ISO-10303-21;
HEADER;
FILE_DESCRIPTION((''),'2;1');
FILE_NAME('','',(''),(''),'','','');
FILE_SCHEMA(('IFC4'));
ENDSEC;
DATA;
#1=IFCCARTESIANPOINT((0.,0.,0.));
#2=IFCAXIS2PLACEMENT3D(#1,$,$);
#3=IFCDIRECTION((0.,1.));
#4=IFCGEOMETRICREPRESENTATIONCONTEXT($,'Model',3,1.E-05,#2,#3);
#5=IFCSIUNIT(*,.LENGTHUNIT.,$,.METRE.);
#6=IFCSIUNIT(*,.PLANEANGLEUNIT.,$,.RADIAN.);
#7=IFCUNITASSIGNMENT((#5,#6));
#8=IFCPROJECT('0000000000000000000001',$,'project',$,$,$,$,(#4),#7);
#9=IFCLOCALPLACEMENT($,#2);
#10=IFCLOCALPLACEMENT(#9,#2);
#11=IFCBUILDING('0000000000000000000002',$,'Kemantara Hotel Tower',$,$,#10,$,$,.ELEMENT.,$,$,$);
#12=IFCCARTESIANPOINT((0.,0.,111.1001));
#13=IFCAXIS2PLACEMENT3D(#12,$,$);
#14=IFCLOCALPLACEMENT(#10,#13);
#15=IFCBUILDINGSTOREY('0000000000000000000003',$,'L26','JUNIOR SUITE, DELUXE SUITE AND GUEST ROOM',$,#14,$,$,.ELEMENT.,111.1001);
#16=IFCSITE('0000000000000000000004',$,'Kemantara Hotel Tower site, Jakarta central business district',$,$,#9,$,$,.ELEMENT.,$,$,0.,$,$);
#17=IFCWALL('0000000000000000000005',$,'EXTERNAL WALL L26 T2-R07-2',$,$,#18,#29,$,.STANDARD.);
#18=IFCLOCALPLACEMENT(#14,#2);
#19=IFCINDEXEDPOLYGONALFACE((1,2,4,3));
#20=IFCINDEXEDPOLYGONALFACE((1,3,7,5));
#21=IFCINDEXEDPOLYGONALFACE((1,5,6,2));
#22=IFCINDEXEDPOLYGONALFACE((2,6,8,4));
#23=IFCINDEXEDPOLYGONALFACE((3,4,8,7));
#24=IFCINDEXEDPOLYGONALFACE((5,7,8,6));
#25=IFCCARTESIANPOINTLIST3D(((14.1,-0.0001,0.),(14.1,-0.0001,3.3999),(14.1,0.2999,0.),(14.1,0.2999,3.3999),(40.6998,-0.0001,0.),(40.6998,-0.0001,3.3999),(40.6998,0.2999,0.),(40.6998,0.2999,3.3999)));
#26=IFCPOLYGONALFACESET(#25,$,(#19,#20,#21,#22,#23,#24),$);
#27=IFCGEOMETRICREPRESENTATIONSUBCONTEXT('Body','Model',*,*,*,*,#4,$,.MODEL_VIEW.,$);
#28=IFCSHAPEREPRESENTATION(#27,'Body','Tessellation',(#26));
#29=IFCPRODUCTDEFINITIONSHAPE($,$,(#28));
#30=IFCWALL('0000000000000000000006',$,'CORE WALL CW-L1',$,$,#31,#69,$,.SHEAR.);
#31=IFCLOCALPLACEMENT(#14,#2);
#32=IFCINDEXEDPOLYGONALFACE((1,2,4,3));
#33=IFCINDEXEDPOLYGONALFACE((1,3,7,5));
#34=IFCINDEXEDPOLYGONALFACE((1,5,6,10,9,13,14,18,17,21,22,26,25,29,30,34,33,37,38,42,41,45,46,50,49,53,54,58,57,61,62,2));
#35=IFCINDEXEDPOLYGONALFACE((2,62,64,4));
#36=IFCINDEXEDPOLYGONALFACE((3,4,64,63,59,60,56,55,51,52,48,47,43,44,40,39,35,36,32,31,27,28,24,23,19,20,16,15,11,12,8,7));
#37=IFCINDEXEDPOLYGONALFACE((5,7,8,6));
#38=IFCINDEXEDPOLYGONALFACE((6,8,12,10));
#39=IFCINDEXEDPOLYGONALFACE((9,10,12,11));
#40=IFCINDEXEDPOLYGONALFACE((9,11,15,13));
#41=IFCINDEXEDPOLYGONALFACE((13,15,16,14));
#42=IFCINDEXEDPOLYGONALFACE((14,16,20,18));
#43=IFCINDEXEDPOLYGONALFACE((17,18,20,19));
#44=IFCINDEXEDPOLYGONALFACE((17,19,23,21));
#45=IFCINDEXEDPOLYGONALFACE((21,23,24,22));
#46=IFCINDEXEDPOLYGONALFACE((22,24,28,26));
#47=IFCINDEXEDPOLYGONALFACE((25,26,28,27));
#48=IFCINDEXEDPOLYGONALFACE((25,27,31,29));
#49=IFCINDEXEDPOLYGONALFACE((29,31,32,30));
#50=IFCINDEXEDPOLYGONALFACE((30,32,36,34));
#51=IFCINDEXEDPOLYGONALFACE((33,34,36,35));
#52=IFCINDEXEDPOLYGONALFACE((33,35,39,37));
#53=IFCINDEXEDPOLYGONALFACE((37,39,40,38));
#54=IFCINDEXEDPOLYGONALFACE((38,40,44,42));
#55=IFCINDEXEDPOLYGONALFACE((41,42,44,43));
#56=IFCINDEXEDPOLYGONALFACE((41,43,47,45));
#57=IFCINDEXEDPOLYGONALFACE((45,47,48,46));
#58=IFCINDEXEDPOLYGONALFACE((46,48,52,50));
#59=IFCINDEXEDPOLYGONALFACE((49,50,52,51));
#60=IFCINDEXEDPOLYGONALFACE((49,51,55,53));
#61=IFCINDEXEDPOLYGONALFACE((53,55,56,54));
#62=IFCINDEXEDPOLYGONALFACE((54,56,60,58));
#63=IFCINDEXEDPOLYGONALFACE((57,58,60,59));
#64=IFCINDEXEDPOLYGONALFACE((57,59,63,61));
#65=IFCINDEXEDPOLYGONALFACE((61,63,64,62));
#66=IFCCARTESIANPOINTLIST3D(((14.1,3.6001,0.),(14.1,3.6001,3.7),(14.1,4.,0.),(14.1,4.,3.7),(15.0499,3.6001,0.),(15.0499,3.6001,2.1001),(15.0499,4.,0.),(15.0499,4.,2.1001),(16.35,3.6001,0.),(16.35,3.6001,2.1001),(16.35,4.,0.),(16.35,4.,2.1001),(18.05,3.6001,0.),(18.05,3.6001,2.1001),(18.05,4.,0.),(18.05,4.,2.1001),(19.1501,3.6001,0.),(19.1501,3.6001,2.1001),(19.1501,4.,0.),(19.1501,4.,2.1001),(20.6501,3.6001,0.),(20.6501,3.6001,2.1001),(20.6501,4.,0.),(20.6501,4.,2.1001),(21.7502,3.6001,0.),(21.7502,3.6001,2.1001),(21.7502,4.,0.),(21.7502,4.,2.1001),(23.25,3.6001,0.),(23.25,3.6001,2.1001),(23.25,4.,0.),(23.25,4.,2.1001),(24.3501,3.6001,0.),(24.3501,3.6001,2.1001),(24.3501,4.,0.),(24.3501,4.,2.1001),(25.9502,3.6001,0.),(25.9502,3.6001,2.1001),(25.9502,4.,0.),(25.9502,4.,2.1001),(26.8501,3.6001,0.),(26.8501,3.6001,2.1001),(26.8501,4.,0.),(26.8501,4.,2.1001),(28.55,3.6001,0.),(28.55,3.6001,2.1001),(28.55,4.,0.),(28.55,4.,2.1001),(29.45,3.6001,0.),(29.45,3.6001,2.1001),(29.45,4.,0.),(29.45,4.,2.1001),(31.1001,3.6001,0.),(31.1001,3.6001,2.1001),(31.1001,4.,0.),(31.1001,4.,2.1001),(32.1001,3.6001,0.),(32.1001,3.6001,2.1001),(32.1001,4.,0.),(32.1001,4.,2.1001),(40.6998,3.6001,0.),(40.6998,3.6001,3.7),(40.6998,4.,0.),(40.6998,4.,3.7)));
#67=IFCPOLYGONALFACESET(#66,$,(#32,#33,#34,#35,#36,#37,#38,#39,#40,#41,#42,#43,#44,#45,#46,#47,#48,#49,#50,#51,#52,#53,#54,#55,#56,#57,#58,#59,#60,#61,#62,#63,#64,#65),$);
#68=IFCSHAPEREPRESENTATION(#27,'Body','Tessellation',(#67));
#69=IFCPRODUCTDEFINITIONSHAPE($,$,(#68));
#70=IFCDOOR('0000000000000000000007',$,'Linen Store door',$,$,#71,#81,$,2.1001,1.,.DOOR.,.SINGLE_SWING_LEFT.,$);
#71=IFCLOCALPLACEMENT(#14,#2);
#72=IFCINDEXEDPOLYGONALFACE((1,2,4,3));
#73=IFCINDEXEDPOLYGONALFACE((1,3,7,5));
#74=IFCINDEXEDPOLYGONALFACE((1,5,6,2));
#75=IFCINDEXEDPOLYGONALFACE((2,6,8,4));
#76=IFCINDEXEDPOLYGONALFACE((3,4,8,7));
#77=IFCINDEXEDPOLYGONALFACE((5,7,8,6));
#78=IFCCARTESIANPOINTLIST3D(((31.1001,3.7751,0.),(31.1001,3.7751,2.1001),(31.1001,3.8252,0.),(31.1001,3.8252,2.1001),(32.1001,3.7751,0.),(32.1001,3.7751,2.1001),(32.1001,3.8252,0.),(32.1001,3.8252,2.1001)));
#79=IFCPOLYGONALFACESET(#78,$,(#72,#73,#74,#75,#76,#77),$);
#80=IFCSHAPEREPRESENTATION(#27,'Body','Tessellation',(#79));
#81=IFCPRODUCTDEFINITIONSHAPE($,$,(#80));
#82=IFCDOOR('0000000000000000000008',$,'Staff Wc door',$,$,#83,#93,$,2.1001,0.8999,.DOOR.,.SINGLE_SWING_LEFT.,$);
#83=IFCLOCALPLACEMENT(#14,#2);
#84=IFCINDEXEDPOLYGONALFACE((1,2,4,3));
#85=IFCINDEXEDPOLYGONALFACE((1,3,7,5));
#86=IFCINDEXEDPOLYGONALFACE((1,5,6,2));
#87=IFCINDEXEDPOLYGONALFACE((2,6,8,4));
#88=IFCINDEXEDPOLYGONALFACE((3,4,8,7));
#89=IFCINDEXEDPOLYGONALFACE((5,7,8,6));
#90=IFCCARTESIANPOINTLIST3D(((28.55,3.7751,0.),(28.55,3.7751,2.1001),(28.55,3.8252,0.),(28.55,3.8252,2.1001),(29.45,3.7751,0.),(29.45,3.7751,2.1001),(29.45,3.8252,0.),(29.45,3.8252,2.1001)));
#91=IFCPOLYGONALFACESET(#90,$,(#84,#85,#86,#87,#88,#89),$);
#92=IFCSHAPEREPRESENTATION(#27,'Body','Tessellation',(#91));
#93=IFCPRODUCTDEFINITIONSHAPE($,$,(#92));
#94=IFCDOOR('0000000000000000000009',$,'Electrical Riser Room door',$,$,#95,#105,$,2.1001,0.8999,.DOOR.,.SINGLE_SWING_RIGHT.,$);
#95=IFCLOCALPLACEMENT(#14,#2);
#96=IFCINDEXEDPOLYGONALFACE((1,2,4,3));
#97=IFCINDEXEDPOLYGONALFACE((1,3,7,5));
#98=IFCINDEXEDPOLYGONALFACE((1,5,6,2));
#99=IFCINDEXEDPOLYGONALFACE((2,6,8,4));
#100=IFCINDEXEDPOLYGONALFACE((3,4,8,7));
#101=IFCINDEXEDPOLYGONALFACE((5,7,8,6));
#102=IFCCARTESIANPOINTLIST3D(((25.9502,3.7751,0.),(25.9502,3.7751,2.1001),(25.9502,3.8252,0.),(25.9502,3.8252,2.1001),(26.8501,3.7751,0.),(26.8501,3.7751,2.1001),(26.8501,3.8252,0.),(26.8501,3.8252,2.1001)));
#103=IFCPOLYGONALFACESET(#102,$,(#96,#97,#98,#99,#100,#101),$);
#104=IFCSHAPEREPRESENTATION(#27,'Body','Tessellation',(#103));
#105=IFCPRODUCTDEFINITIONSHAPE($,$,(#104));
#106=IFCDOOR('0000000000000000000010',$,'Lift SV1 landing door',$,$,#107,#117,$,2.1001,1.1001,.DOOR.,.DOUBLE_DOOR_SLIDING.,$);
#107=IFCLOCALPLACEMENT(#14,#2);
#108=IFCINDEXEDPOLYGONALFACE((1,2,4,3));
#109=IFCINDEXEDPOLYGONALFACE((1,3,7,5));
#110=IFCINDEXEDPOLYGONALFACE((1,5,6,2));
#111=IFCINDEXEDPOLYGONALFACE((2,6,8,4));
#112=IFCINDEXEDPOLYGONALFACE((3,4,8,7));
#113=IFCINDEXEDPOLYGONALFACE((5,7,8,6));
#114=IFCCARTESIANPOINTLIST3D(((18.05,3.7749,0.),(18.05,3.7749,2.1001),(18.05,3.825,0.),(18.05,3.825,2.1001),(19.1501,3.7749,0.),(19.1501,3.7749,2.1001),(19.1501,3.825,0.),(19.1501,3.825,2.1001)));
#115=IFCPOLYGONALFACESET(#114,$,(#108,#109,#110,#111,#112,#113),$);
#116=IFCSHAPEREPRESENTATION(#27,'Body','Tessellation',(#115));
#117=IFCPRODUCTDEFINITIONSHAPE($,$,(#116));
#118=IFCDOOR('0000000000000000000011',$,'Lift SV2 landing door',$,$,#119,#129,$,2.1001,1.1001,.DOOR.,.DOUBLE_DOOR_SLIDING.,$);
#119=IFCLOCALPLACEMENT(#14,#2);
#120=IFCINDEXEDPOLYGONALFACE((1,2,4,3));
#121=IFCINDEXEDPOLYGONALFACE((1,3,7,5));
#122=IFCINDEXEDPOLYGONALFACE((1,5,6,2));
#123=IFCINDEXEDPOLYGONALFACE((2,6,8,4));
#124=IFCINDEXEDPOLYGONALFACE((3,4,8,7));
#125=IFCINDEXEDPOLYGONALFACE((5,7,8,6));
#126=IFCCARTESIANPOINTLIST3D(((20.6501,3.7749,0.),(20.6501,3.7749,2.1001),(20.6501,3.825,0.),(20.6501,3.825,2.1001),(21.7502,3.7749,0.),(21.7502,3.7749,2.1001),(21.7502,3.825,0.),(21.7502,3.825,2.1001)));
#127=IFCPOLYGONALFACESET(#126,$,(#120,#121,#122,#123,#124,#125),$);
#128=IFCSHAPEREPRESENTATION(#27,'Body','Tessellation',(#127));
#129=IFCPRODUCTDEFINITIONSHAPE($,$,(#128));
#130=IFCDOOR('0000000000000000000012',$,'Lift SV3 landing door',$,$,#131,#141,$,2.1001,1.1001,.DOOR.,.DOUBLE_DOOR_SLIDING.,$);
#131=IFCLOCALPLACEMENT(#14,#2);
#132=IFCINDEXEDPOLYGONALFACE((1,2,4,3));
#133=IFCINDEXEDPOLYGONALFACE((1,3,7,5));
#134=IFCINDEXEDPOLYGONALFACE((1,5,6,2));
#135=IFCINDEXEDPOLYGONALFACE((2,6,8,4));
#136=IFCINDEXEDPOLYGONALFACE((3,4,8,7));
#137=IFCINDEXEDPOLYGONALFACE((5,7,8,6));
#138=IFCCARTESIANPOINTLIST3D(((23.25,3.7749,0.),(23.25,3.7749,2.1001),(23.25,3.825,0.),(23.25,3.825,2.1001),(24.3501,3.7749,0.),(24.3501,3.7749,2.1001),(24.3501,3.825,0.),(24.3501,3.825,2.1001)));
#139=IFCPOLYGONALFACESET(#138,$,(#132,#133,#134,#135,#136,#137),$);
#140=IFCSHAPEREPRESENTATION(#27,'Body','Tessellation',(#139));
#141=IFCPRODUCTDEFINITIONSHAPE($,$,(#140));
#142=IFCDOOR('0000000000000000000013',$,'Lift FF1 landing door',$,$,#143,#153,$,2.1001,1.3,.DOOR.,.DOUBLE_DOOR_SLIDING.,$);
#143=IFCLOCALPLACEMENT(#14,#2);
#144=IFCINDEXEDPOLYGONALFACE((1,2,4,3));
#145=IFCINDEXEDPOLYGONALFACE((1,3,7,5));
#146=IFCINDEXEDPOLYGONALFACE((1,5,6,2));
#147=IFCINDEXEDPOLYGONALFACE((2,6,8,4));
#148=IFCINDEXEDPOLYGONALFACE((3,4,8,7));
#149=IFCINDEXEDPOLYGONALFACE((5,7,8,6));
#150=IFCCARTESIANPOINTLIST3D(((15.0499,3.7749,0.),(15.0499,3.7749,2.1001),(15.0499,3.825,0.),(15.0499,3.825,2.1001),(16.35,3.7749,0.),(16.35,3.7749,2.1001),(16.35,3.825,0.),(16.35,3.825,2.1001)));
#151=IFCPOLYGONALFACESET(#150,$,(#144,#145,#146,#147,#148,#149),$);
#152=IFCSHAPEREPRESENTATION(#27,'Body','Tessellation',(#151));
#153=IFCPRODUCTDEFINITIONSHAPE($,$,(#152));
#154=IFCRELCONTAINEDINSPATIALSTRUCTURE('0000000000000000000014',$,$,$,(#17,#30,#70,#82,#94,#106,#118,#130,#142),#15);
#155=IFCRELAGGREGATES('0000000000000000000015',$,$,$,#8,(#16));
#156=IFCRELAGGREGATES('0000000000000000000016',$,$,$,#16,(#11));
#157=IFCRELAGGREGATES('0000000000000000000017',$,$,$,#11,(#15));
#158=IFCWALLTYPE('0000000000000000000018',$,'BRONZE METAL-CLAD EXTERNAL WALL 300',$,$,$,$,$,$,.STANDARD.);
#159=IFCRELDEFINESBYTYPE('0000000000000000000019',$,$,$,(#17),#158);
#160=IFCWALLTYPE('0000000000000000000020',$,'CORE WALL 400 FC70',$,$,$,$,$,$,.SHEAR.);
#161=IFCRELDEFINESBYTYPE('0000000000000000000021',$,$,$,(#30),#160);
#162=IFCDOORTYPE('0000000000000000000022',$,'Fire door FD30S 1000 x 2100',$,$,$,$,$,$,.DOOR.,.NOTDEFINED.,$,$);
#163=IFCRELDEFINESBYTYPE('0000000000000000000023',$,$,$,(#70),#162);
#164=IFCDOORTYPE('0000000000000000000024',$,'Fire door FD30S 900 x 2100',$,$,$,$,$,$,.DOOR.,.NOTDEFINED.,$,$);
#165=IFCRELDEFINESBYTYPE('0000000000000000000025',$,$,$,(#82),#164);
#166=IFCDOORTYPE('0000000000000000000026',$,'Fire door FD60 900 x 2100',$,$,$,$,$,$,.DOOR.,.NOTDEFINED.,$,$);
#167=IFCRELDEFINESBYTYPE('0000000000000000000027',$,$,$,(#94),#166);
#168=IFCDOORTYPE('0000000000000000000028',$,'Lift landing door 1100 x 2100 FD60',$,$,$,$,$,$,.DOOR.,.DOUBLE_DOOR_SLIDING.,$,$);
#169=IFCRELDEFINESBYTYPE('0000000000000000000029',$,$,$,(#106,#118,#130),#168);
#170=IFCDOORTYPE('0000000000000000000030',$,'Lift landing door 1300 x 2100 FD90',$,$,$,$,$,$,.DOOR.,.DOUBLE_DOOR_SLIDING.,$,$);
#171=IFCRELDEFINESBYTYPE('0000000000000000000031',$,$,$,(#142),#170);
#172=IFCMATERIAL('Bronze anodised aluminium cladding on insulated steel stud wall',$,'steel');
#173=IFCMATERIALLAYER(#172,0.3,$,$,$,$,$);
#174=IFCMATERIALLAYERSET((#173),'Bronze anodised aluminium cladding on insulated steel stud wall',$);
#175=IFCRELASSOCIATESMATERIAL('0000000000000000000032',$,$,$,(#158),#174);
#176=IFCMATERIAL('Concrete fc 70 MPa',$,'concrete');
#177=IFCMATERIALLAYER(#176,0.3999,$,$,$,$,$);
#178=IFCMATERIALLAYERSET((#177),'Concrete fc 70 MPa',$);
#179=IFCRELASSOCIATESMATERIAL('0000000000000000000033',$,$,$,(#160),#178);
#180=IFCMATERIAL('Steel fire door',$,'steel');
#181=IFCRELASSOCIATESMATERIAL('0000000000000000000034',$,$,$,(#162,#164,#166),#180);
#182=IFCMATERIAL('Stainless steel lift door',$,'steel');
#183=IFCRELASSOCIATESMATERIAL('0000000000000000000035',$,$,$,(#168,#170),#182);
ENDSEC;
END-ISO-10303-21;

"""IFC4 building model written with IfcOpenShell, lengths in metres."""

from ifc_helpers import new_model, si_unit, direction, frame, frame_2d, origin, place, context, subcontext, project, spatial, rectangle, extrude, material, layer, layer_set, type_object, element, fill, save


model = new_model("IFC4")

# Units and contexts
model_context = context("Model", 3, precision=1e-05, world=origin(), true_north=direction((0.0, 1.0)))
body_context = subcontext(model_context, "Body", "Model", "MODEL_VIEW")
ifc_project = project(units=[si_unit("LENGTHUNIT", "METRE"), si_unit("PLANEANGLEUNIT", "RADIAN")], contexts=[model_context])

# Site, building, storey
site_placement = place(None, origin())
site = spatial("IfcSite", under=ifc_project, at=site_placement, Name="Kemantara Hotel Tower site, Jakarta central business district", CompositionType="ELEMENT", RefElevation=0.0)
building_placement = place(site_placement, origin())
building = spatial("IfcBuilding", under=site, at=building_placement, Name="Kemantara Hotel Tower", CompositionType="ELEMENT")
storey_placement = place(building_placement, frame((0.0, 0.0, 111.1001)))
storey = spatial("IfcBuildingStorey", under=building, at=storey_placement, Name="L26", Description="JUNIOR SUITE, DELUXE SUITE AND GUEST ROOM", CompositionType="ELEMENT", Elevation=111.1001)

# Wall
ifc_material_1 = material(Name="Bronze anodised aluminium cladding on insulated steel stud wall", Category="steel")
ifc_layer_1 = layer(ifc_material_1, 0.3)
ifc_layer_set_1 = layer_set([ifc_layer_1], Name="Bronze anodised aluminium cladding on insulated steel stud wall")
wall_type_1 = type_object("IfcWallType", Name="BRONZE METAL-CLAD EXTERNAL WALL 300", PredefinedType="STANDARD", material=ifc_layer_set_1)
wall_1_placement = place(storey_placement, frame((14.1001, 0.1499, 0.0), z_axis=(0.0, 0.0, 1.0), x_axis=(1.0, 0.0, 0.0)))
element("IfcWall", 1, at=wall_1_placement, inside=storey, type_object=wall_type_1, Name="EXTERNAL WALL L26 T2-R07-2", PredefinedType="STANDARD", context=body_context, shape_type="SweptSolid", body=[
    extrude(rectangle(XDim=26.5999, YDim=0.3, at=frame_2d((13.2998, 0.0))), origin(), (0.0, 0.0, 1.0), 3.3999),
])

# Wall, openings, doors
ifc_material_2 = material(Name="Concrete fc 70 MPa", Category="concrete")
ifc_layer_2 = layer(ifc_material_2, 0.3999)
ifc_layer_set_2 = layer_set([ifc_layer_2], Name="Concrete fc 70 MPa")
wall_type_2 = type_object("IfcWallType", Name="CORE WALL 400 FC70", PredefinedType="SHEAR", material=ifc_layer_set_2)
wall_2_placement = place(storey_placement, frame((14.1001, 3.8, 0.0), z_axis=(0.0, 0.0, 1.0), x_axis=(1.0, 0.0, 0.0)))
wall_2 = element("IfcWall", 2, at=wall_2_placement, inside=storey, type_object=wall_type_2, Name="CORE WALL CW-L1", PredefinedType="SHEAR", context=body_context, shape_type="SweptSolid", body=[
    extrude(rectangle(XDim=26.5999, YDim=0.3999, at=frame_2d((13.2998, 0.0))), origin(), (0.0, 0.0, 1.0), 3.7),
])
opening_1_placement = place(wall_2_placement, frame((0.95, 0.0, 0.0)))
opening_1 = element("IfcOpeningElement", 3, at=opening_1_placement, cuts=wall_2, PredefinedType="OPENING", context=body_context, shape_type="SweptSolid", body=[
    extrude(rectangle(XDim=1.3, YDim=2.1001, at=frame_2d((0.6499, 1.05))), frame((0.0, 0.21, 0.0), z_axis=(0.0, -1.0, 0.0), x_axis=(1.0, 0.0, 0.0)), (0.0, 0.0, 1.0), 0.4199),
])
opening_2_placement = place(wall_2_placement, frame((3.95, 0.0, 0.0)))
opening_2 = element("IfcOpeningElement", 4, at=opening_2_placement, cuts=wall_2, PredefinedType="OPENING", context=body_context, shape_type="SweptSolid", body=[
    extrude(rectangle(XDim=1.1001, YDim=2.1001, at=frame_2d((0.55, 1.05))), frame((0.0, 0.21, 0.0), z_axis=(0.0, -1.0, 0.0), x_axis=(1.0, 0.0, 0.0)), (0.0, 0.0, 1.0), 0.4199),
])
opening_3_placement = place(wall_2_placement, frame((6.55, 0.0, 0.0)))
opening_3 = element("IfcOpeningElement", 5, at=opening_3_placement, cuts=wall_2, PredefinedType="OPENING", context=body_context, shape_type="SweptSolid", body=[
    extrude(rectangle(XDim=1.1001, YDim=2.1001, at=frame_2d((0.55, 1.05))), frame((0.0, 0.21, 0.0), z_axis=(0.0, -1.0, 0.0), x_axis=(1.0, 0.0, 0.0)), (0.0, 0.0, 1.0), 0.4199),
])
opening_4_placement = place(wall_2_placement, frame((9.1499, 0.0, 0.0)))
opening_4 = element("IfcOpeningElement", 6, at=opening_4_placement, cuts=wall_2, PredefinedType="OPENING", context=body_context, shape_type="SweptSolid", body=[
    extrude(rectangle(XDim=1.1001, YDim=2.1001, at=frame_2d((0.55, 1.05))), frame((0.0, 0.21, 0.0), z_axis=(0.0, -1.0, 0.0), x_axis=(1.0, 0.0, 0.0)), (0.0, 0.0, 1.0), 0.4199),
])
opening_5_placement = place(wall_2_placement, frame((11.8501, 0.0, 0.0)))
opening_5 = element("IfcOpeningElement", 7, at=opening_5_placement, cuts=wall_2, PredefinedType="OPENING", context=body_context, shape_type="SweptSolid", body=[
    extrude(rectangle(XDim=0.8999, YDim=2.1001, at=frame_2d((0.45, 1.05))), frame((0.0, 0.21, 0.0), z_axis=(0.0, -1.0, 0.0), x_axis=(1.0, 0.0, 0.0)), (0.0, 0.0, 1.0), 0.4199),
])
opening_6_placement = place(wall_2_placement, frame((14.45, 0.0, 0.0)))
opening_6 = element("IfcOpeningElement", 8, at=opening_6_placement, cuts=wall_2, PredefinedType="OPENING", context=body_context, shape_type="SweptSolid", body=[
    extrude(rectangle(XDim=0.8999, YDim=2.1001, at=frame_2d((0.45, 1.05))), frame((0.0, 0.21, 0.0), z_axis=(0.0, -1.0, 0.0), x_axis=(1.0, 0.0, 0.0)), (0.0, 0.0, 1.0), 0.4199),
])
opening_7_placement = place(wall_2_placement, frame((17.0, 0.0, 0.0)))
opening_7 = element("IfcOpeningElement", 9, at=opening_7_placement, cuts=wall_2, PredefinedType="OPENING", context=body_context, shape_type="SweptSolid", body=[
    extrude(rectangle(XDim=1.0, YDim=2.1001, at=frame_2d((0.5, 1.05))), frame((0.0, 0.21, 0.0), z_axis=(0.0, -1.0, 0.0), x_axis=(1.0, 0.0, 0.0)), (0.0, 0.0, 1.0), 0.4199),
])
ifc_material_3 = material(Name="Steel fire door", Category="steel")
door_type_1 = type_object("IfcDoorType", Name="Fire door FD30S 1000 x 2100", OperationType="NOTDEFINED", PredefinedType="DOOR", material=ifc_material_3)
door_1_placement = place(opening_7_placement, frame((1.0, 0.0, 0.0), z_axis=(0.0, 0.0, 1.0), x_axis=(-1.0, 0.0, 0.0)))
door_1 = element("IfcDoor", 10, at=door_1_placement, inside=storey, type_object=door_type_1, Name="Linen Store door", OperationType="SINGLE_SWING_LEFT", OverallHeight=2.1001, OverallWidth=1.0, PredefinedType="DOOR", context=body_context, shape_type="SweptSolid", body=[
    extrude(rectangle(XDim=1.0, YDim=2.1001, at=frame_2d((0.5, 1.05))), frame((0.0, 0.0249, 0.0), z_axis=(0.0, -1.0, 0.0), x_axis=(1.0, 0.0, 0.0)), (0.0, 0.0, 1.0), 0.05),
])
fill(opening_7, door_1)
door_type_2 = type_object("IfcDoorType", Name="Fire door FD30S 900 x 2100", OperationType="NOTDEFINED", PredefinedType="DOOR", material=ifc_material_3)
door_2_placement = place(opening_6_placement, frame((0.8999, 0.0, 0.0), z_axis=(0.0, 0.0, 1.0), x_axis=(-1.0, 0.0, 0.0)))
door_2 = element("IfcDoor", 11, at=door_2_placement, inside=storey, type_object=door_type_2, Name="Staff Wc door", OperationType="SINGLE_SWING_LEFT", OverallHeight=2.1001, OverallWidth=0.8999, PredefinedType="DOOR", context=body_context, shape_type="SweptSolid", body=[
    extrude(rectangle(XDim=0.8999, YDim=2.1001, at=frame_2d((0.45, 1.05))), frame((0.0, 0.0249, 0.0), z_axis=(0.0, -1.0, 0.0), x_axis=(1.0, 0.0, 0.0)), (0.0, 0.0, 1.0), 0.05),
])
fill(opening_6, door_2)
door_type_3 = type_object("IfcDoorType", Name="Fire door FD60 900 x 2100", OperationType="NOTDEFINED", PredefinedType="DOOR", material=ifc_material_3)
door_3_placement = place(opening_5_placement, frame((0.8999, 0.0, 0.0), z_axis=(0.0, 0.0, 1.0), x_axis=(-1.0, 0.0, 0.0)))
door_3 = element("IfcDoor", 12, at=door_3_placement, inside=storey, type_object=door_type_3, Name="Electrical Riser Room door", OperationType="SINGLE_SWING_RIGHT", OverallHeight=2.1001, OverallWidth=0.8999, PredefinedType="DOOR", context=body_context, shape_type="SweptSolid", body=[
    extrude(rectangle(XDim=0.8999, YDim=2.1001, at=frame_2d((0.45, 1.05))), frame((0.0, 0.0249, 0.0), z_axis=(0.0, -1.0, 0.0), x_axis=(1.0, 0.0, 0.0)), (0.0, 0.0, 1.0), 0.05),
])
fill(opening_5, door_3)
ifc_material_4 = material(Name="Stainless steel lift door", Category="steel")
door_type_4 = type_object("IfcDoorType", Name="Lift landing door 1100 x 2100 FD60", OperationType="DOUBLE_DOOR_SLIDING", PredefinedType="DOOR", material=ifc_material_4)
door_4_placement = place(opening_2_placement, origin())
door_4 = element("IfcDoor", 13, at=door_4_placement, inside=storey, type_object=door_type_4, Name="Lift SV1 landing door", OperationType="DOUBLE_DOOR_SLIDING", OverallHeight=2.1001, OverallWidth=1.1001, PredefinedType="DOOR", context=body_context, shape_type="SweptSolid", body=[
    extrude(rectangle(XDim=1.1001, YDim=2.1001, at=frame_2d((0.55, 1.05))), frame((0.0, 0.0249, 0.0), z_axis=(0.0, -1.0, 0.0), x_axis=(1.0, 0.0, 0.0)), (0.0, 0.0, 1.0), 0.05),
])
fill(opening_2, door_4)
door_5_placement = place(opening_3_placement, origin())
door_5 = element("IfcDoor", 14, at=door_5_placement, inside=storey, type_object=door_type_4, Name="Lift SV2 landing door", OperationType="DOUBLE_DOOR_SLIDING", OverallHeight=2.1001, OverallWidth=1.1001, PredefinedType="DOOR", context=body_context, shape_type="SweptSolid", body=[
    extrude(rectangle(XDim=1.1001, YDim=2.1001, at=frame_2d((0.55, 1.05))), frame((0.0, 0.0249, 0.0), z_axis=(0.0, -1.0, 0.0), x_axis=(1.0, 0.0, 0.0)), (0.0, 0.0, 1.0), 0.05),
])
fill(opening_3, door_5)
door_6_placement = place(opening_4_placement, origin())
door_6 = element("IfcDoor", 15, at=door_6_placement, inside=storey, type_object=door_type_4, Name="Lift SV3 landing door", OperationType="DOUBLE_DOOR_SLIDING", OverallHeight=2.1001, OverallWidth=1.1001, PredefinedType="DOOR", context=body_context, shape_type="SweptSolid", body=[
    extrude(rectangle(XDim=1.1001, YDim=2.1001, at=frame_2d((0.55, 1.05))), frame((0.0, 0.0249, 0.0), z_axis=(0.0, -1.0, 0.0), x_axis=(1.0, 0.0, 0.0)), (0.0, 0.0, 1.0), 0.05),
])
fill(opening_4, door_6)
door_type_5 = type_object("IfcDoorType", Name="Lift landing door 1300 x 2100 FD90", OperationType="DOUBLE_DOOR_SLIDING", PredefinedType="DOOR", material=ifc_material_4)
door_7_placement = place(opening_1_placement, origin())
door_7 = element("IfcDoor", 16, at=door_7_placement, inside=storey, type_object=door_type_5, Name="Lift FF1 landing door", OperationType="DOUBLE_DOOR_SLIDING", OverallHeight=2.1001, OverallWidth=1.3, PredefinedType="DOOR", context=body_context, shape_type="SweptSolid", body=[
    extrude(rectangle(XDim=1.3, YDim=2.1001, at=frame_2d((0.6499, 1.05))), frame((0.0, 0.0249, 0.0), z_axis=(0.0, -1.0, 0.0), x_axis=(1.0, 0.0, 0.0)), (0.0, 0.0, 1.0), 0.05),
])
fill(opening_1, door_7)

save(model, "model.ifc")
